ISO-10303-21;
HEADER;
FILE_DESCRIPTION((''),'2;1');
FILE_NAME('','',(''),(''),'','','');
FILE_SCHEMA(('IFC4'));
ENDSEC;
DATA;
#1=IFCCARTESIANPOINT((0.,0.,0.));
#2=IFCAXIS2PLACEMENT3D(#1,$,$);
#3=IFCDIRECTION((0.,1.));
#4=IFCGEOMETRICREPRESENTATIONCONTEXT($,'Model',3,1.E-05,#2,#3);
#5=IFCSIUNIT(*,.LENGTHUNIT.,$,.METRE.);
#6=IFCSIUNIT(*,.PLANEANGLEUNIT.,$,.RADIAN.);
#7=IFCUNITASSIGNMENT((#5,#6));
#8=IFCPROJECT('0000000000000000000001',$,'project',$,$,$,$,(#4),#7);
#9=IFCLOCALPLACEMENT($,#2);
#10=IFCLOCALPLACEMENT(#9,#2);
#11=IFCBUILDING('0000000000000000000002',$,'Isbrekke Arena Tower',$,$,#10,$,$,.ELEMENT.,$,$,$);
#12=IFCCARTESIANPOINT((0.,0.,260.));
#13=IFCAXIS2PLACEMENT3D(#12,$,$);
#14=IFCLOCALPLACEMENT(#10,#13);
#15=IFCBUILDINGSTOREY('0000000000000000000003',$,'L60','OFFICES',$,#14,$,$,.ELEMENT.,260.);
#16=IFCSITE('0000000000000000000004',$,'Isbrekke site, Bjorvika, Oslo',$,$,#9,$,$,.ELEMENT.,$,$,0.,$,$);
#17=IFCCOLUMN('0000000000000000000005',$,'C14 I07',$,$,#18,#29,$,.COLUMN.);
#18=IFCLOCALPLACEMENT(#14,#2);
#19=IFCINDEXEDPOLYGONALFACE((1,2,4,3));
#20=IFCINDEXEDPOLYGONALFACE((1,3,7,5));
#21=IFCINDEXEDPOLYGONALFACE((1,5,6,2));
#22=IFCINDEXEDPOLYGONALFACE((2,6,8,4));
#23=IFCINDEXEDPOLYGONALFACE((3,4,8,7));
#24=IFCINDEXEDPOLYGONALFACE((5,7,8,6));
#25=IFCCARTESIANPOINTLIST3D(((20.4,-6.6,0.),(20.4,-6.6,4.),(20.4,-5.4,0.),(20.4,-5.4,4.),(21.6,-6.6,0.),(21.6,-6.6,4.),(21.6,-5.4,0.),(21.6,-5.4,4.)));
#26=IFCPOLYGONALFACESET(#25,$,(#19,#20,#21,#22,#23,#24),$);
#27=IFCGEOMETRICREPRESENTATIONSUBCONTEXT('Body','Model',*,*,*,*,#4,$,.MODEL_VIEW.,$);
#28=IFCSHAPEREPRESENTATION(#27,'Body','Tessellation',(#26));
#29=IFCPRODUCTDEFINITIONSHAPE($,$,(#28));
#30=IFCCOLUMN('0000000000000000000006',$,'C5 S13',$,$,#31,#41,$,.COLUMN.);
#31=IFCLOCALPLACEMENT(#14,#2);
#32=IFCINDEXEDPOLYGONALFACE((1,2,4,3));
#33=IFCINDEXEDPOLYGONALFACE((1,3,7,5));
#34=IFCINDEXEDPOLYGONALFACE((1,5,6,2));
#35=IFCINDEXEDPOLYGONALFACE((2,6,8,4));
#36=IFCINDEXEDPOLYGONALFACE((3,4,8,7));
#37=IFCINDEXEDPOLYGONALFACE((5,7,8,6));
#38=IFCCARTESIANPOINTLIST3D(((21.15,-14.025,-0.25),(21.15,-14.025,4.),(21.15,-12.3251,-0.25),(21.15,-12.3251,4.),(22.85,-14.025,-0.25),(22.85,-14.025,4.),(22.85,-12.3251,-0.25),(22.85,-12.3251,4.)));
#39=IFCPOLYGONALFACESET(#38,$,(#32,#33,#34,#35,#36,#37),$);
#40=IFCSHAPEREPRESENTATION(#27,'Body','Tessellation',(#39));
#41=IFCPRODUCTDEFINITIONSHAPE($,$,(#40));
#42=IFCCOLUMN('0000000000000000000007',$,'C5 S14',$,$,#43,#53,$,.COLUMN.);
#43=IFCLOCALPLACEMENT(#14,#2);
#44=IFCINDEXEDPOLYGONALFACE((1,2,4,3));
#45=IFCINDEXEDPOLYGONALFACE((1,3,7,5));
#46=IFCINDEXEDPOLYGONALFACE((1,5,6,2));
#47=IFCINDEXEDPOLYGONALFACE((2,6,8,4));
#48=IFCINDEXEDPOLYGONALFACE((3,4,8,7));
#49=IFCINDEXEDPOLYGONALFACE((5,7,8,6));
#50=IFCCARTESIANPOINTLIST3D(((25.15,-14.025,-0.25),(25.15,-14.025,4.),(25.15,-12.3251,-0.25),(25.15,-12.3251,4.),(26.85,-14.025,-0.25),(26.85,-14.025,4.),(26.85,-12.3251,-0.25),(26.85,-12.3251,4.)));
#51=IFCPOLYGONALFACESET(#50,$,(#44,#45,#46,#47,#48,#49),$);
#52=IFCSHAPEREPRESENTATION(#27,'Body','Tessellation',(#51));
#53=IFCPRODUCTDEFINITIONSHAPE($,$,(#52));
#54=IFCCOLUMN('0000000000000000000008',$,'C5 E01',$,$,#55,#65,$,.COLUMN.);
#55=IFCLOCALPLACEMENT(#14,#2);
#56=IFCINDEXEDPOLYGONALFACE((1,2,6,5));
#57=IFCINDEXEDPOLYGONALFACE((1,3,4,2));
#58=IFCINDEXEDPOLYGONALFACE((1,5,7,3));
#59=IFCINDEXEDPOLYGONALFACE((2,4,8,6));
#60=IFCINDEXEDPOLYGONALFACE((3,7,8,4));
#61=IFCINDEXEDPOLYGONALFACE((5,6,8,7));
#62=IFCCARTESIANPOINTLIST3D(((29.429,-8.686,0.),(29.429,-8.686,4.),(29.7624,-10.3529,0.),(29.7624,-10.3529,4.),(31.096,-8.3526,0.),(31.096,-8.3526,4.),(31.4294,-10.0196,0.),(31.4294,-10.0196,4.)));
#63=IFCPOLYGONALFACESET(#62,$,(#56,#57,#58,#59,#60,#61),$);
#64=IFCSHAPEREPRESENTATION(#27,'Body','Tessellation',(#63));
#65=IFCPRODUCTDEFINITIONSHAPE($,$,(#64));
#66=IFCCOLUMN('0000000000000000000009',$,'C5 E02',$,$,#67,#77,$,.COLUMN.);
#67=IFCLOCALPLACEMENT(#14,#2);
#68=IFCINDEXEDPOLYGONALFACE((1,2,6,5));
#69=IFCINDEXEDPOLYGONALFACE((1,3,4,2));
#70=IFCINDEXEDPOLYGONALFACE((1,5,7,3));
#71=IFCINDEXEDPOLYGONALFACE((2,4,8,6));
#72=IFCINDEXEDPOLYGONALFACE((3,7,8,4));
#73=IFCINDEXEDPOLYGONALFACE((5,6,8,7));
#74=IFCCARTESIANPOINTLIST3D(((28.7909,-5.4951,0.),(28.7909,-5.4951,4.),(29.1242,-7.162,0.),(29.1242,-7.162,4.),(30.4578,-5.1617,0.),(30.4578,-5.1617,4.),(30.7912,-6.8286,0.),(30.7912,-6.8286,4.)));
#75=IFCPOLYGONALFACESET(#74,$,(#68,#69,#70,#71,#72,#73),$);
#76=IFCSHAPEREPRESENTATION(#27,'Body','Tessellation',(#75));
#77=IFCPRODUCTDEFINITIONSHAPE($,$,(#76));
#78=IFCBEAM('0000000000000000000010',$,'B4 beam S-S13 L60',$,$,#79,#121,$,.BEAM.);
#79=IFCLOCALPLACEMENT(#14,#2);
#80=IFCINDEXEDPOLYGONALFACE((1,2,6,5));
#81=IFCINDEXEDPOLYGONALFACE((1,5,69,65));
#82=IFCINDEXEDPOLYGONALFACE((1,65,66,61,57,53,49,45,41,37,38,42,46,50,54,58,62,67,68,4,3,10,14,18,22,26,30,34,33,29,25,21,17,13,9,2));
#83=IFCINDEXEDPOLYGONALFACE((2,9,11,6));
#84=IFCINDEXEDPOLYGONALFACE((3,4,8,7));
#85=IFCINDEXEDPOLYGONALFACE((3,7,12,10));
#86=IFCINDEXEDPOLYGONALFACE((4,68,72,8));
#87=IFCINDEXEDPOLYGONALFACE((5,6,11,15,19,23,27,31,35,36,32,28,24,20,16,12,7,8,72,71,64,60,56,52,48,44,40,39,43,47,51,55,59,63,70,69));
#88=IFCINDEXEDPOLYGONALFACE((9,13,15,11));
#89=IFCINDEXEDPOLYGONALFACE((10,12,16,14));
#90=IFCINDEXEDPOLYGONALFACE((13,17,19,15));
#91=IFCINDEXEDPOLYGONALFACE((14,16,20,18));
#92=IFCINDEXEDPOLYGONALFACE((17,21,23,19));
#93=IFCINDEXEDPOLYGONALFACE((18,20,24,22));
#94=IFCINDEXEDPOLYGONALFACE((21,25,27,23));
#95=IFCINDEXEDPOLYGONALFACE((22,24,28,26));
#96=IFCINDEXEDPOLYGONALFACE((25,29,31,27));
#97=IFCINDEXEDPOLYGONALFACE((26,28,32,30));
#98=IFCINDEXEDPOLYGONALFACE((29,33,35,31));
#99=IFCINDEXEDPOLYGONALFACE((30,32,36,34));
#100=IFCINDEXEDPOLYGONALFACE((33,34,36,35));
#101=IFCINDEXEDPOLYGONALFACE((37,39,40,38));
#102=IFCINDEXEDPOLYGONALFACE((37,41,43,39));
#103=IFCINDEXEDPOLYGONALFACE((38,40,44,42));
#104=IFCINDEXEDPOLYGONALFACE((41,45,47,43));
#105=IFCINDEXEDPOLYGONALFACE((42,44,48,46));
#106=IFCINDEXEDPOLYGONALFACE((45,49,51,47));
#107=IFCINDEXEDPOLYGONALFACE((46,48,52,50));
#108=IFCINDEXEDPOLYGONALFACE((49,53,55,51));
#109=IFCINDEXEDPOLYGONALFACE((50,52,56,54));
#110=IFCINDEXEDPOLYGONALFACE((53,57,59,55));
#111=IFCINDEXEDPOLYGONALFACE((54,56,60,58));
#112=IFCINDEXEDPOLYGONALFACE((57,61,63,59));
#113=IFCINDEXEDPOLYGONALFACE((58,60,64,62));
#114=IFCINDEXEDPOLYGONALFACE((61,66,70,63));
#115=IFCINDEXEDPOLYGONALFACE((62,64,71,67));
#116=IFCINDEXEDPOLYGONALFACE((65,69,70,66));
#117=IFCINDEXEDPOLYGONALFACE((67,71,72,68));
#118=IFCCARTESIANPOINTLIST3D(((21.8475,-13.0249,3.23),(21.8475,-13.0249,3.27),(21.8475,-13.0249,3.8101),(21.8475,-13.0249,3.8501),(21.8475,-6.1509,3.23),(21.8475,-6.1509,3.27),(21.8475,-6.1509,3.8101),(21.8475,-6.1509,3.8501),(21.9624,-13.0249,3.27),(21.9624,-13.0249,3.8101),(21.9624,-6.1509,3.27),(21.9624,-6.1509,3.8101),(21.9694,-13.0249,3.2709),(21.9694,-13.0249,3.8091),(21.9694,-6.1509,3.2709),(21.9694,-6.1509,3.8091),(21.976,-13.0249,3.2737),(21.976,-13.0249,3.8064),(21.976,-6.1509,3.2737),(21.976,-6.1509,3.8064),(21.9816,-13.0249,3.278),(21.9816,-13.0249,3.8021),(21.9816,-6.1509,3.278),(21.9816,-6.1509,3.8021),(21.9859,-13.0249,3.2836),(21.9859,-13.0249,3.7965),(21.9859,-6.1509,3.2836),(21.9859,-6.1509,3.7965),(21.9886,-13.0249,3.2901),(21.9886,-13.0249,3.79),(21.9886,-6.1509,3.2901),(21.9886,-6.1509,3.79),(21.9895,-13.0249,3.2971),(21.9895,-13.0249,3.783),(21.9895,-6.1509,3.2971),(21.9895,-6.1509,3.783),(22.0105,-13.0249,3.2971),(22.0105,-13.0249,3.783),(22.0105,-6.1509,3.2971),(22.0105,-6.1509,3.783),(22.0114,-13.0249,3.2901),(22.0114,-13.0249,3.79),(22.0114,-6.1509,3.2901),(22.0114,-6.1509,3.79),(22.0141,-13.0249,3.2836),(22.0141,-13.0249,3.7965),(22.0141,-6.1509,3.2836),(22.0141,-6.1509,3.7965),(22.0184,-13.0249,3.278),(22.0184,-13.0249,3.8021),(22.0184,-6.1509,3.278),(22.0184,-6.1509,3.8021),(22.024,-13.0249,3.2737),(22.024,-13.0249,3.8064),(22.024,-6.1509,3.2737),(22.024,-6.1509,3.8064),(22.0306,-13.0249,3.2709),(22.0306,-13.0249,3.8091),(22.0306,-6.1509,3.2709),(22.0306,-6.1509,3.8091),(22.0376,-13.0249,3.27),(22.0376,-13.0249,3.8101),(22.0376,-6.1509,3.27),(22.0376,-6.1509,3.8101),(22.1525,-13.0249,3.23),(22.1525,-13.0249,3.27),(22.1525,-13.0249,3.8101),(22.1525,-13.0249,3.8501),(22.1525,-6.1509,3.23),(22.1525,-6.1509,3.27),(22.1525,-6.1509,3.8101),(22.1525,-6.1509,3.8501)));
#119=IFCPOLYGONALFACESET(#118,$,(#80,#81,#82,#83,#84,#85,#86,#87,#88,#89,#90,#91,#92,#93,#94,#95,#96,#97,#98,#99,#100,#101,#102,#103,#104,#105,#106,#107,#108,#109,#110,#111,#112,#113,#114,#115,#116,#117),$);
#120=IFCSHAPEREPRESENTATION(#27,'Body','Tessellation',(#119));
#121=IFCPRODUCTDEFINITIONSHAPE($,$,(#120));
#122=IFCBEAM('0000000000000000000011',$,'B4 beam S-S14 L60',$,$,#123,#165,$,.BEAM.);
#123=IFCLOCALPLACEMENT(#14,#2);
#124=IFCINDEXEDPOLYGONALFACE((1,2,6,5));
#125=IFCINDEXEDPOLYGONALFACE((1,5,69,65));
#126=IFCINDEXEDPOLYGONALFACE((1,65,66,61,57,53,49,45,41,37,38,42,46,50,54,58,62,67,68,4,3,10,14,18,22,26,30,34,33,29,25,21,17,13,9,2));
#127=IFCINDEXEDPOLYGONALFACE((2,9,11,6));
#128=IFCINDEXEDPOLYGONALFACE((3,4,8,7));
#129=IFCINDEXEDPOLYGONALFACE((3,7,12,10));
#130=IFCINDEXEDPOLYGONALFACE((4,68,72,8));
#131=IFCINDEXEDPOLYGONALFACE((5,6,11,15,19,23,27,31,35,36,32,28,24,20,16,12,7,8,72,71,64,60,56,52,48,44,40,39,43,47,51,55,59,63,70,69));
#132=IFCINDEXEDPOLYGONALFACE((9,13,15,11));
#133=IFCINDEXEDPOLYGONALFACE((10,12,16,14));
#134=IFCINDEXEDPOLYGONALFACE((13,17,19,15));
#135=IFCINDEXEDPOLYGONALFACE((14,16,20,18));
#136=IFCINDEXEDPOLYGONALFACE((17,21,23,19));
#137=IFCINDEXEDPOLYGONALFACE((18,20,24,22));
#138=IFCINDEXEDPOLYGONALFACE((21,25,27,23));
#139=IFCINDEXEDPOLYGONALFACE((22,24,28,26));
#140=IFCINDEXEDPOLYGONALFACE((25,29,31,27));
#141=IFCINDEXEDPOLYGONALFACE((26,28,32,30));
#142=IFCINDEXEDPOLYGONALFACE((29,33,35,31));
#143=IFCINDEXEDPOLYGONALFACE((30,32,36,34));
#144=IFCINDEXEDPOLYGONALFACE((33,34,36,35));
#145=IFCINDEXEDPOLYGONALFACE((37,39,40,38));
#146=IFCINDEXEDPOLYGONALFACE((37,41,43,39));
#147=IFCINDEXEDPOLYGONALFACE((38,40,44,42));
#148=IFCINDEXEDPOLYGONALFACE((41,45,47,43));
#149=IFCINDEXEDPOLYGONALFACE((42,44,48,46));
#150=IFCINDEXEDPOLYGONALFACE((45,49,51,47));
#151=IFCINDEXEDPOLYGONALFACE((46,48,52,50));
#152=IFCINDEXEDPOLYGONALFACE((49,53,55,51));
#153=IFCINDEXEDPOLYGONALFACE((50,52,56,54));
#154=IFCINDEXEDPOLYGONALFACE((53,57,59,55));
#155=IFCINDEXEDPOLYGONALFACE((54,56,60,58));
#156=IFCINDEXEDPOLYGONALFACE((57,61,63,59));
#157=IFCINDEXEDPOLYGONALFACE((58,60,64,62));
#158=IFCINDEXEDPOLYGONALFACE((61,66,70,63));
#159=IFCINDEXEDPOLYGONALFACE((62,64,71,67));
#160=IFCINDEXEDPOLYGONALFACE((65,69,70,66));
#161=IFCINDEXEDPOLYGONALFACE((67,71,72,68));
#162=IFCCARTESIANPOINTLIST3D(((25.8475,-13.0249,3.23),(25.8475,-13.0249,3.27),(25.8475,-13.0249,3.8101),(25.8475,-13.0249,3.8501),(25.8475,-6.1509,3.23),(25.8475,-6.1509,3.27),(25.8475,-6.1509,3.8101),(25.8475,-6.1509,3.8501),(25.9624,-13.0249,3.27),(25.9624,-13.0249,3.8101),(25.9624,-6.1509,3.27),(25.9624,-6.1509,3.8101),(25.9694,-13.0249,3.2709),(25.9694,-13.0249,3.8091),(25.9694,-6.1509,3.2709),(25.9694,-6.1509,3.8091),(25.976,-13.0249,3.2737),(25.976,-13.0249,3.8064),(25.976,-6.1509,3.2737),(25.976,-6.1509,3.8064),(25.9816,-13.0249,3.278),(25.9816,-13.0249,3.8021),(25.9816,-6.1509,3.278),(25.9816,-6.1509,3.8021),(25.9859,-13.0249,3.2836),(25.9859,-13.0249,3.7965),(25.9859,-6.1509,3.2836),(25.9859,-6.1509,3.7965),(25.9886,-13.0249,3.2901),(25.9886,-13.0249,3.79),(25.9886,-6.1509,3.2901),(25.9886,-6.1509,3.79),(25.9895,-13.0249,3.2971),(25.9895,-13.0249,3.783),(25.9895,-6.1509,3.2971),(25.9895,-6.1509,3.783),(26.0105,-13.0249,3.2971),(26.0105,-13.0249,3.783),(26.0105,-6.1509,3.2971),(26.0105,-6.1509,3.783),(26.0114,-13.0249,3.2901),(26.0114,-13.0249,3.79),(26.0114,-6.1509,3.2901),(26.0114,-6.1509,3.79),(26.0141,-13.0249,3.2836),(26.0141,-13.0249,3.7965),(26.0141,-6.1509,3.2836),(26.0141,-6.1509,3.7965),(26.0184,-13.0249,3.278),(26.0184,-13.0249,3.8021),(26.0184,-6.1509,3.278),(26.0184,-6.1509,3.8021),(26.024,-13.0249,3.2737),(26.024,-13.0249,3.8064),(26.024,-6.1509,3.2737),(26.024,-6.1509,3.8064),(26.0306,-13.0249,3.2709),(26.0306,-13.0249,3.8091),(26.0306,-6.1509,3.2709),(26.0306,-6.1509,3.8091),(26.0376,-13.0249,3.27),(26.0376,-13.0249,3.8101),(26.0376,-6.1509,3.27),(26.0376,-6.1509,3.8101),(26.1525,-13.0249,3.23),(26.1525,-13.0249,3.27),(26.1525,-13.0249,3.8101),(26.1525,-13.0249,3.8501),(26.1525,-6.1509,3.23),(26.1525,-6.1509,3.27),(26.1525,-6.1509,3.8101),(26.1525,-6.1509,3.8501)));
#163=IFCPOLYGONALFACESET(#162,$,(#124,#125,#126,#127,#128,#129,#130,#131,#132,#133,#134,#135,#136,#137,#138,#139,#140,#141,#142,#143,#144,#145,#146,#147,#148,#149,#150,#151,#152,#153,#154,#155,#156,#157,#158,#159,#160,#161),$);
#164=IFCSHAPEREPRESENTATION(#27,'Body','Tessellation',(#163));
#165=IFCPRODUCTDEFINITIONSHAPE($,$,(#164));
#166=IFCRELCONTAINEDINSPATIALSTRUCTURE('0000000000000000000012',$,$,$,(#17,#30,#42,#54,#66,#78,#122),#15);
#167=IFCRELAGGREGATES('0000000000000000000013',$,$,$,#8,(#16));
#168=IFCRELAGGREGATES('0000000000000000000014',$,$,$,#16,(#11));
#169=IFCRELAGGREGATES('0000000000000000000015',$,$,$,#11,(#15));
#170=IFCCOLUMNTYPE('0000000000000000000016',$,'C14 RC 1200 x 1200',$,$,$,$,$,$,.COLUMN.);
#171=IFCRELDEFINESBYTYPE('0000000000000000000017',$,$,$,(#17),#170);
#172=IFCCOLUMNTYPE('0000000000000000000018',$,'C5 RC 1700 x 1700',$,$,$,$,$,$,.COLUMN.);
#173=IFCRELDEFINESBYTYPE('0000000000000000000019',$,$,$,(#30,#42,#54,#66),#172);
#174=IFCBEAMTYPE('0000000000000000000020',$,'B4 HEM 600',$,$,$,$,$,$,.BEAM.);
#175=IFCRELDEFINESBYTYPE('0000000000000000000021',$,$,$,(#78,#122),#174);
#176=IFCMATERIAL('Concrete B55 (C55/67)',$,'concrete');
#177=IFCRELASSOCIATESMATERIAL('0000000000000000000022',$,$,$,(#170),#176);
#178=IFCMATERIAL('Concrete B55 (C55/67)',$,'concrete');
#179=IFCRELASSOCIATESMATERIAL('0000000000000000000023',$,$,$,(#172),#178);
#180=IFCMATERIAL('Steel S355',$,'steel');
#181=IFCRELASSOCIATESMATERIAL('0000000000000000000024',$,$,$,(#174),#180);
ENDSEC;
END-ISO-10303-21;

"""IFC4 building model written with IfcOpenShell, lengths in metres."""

from ifc_helpers import new_model, si_unit, direction, frame, origin, origin_2d, place, context, subcontext, project, spatial, rectangle, i_section, extrude, material, material_profile, profile_set, type_object, element, save


model = new_model("IFC4")

# Units and contexts
model_context = context("Model", 3, precision=1e-05, world=origin(), true_north=direction((0.0, 1.0)))
body_context = subcontext(model_context, "Body", "Model", "MODEL_VIEW")
ifc_project = project(units=[si_unit("LENGTHUNIT", "METRE"), si_unit("PLANEANGLEUNIT", "RADIAN")], contexts=[model_context])

# Site, building, storey
site_placement = place(None, origin())
site = spatial("IfcSite", under=ifc_project, at=site_placement, Name="Isbrekke site, Bjorvika, Oslo", CompositionType="ELEMENT", RefElevation=0.0)
building_placement = place(site_placement, origin())
building = spatial("IfcBuilding", under=site, at=building_placement, Name="Isbrekke Arena Tower", CompositionType="ELEMENT")
storey_placement = place(building_placement, frame((0.0, 0.0, 260.0)))
storey = spatial("IfcBuildingStorey", under=building, at=storey_placement, Name="L60", Description="OFFICES", CompositionType="ELEMENT", Elevation=260.0)

# Columns
ifc_material_1 = material(Name="Concrete B55 (C55/67)", Category="concrete")
ifc_material_profile_1 = material_profile(ifc_material_1, rectangle(XDim=1.2, YDim=1.2, at=origin_2d()), Name="RC 1200x1200")
ifc_profile_set_1 = profile_set([ifc_material_profile_1], Name="Concrete B55 (C55/67)")
column_type_1 = type_object("IfcColumnType", Name="C14 RC 1200 x 1200", PredefinedType="COLUMN", material=ifc_profile_set_1)
column_placement = place(storey_placement, frame((21.0, -6.0, 0.0), z_axis=(0.0, 0.0, 1.0), x_axis=(1.0, 0.0, 0.0)))
element("IfcColumn", 1, at=column_placement, inside=storey, type_object=column_type_1, Name="C14 I07", PredefinedType="COLUMN", context=body_context, shape_type="SweptSolid", body=[
    extrude(rectangle(XDim=1.2, YDim=1.2, at=origin_2d()), origin(), (0.0, 0.0, 1.0), 4.0),
])
ifc_material_2 = material(Name="Concrete B55 (C55/67)", Category="concrete")
ifc_material_profile_2 = material_profile(ifc_material_2, rectangle(XDim=1.7, YDim=1.7, at=origin_2d()), Name="RC 1700x1700")
ifc_profile_set_2 = profile_set([ifc_material_profile_2], Name="Concrete B55 (C55/67)")
column_type_2 = type_object("IfcColumnType", Name="C5 RC 1700 x 1700", PredefinedType="COLUMN", material=ifc_profile_set_2)
for number, where, z_axis, x_axis, name in (
    (2, (22.0, -13.175, -0.25), (0.0, 0.0, 1.0), (1.0, 0.0, 0.0), "C5 S13"),
    (3, (26.0, -13.175, -0.25), (0.0, 0.0, 1.0), (1.0, 0.0, 0.0), "C5 S14"),
):
    element("IfcColumn", number, at=place(storey_placement, frame(where, z_axis=z_axis, x_axis=x_axis)), inside=storey, type_object=column_type_2, Name=name, PredefinedType="COLUMN", context=body_context, shape_type="SweptSolid", body=[
        extrude(rectangle(XDim=1.7, YDim=1.7, at=origin_2d()), origin(), (0.0, 0.0, 1.0), 4.25),
    ])
for number, where, z_axis, x_axis, name in (
    (4, (30.4292, -9.3528, 0.0), (0.0, 0.0, 1.0), (-0.196116, 0.980581, 0.0), "C5 E01"),
    (5, (29.791, -6.1619, 0.0), (0.0, 0.0, 1.0), (-0.196116, 0.980581, 0.0), "C5 E02"),
):
    element("IfcColumn", number, at=place(storey_placement, frame(where, z_axis=z_axis, x_axis=x_axis)), inside=storey, type_object=column_type_2, Name=name, PredefinedType="COLUMN", context=body_context, shape_type="SweptSolid", body=[
        extrude(rectangle(XDim=1.7, YDim=1.7, at=origin_2d()), origin(), (0.0, 0.0, 1.0), 4.0),
    ])

# Beams
ifc_material_3 = material(Name="Steel S355", Category="steel")
ifc_material_profile_3 = material_profile(ifc_material_3, i_section(OverallWidth=0.3049, OverallDepth=0.6201, WebThickness=0.021, FlangeThickness=0.04, FilletRadius=0.0271, at=origin_2d()), Name="HEM 600")
ifc_profile_set_3 = profile_set([ifc_material_profile_3], Name="Steel S355")
beam_type_1 = type_object("IfcBeamType", Name="B4 HEM 600", PredefinedType="BEAM", material=ifc_profile_set_3)
for number, where, z_axis, x_axis, name in (
    (6, (22.0, -13.0249, 3.54), (0.0, 1.0, 0.0), (-1.0, 0.0, 0.0), "B4 beam S-S13 L60"),
    (7, (26.0, -13.0249, 3.54), (0.0, 1.0, 0.0), (-1.0, 0.0, 0.0), "B4 beam S-S14 L60"),
):
    element("IfcBeam", number, at=place(storey_placement, frame(where, z_axis=z_axis, x_axis=x_axis)), inside=storey, type_object=beam_type_1, Name=name, PredefinedType="BEAM", context=body_context, shape_type="SweptSolid", body=[
        extrude(i_section(OverallWidth=0.3049, OverallDepth=0.6201, WebThickness=0.021, FlangeThickness=0.04, FilletRadius=0.0271, at=origin_2d()), origin(), (0.0, 0.0, 1.0), 6.874),
    ])

save(model, "model.ifc")
